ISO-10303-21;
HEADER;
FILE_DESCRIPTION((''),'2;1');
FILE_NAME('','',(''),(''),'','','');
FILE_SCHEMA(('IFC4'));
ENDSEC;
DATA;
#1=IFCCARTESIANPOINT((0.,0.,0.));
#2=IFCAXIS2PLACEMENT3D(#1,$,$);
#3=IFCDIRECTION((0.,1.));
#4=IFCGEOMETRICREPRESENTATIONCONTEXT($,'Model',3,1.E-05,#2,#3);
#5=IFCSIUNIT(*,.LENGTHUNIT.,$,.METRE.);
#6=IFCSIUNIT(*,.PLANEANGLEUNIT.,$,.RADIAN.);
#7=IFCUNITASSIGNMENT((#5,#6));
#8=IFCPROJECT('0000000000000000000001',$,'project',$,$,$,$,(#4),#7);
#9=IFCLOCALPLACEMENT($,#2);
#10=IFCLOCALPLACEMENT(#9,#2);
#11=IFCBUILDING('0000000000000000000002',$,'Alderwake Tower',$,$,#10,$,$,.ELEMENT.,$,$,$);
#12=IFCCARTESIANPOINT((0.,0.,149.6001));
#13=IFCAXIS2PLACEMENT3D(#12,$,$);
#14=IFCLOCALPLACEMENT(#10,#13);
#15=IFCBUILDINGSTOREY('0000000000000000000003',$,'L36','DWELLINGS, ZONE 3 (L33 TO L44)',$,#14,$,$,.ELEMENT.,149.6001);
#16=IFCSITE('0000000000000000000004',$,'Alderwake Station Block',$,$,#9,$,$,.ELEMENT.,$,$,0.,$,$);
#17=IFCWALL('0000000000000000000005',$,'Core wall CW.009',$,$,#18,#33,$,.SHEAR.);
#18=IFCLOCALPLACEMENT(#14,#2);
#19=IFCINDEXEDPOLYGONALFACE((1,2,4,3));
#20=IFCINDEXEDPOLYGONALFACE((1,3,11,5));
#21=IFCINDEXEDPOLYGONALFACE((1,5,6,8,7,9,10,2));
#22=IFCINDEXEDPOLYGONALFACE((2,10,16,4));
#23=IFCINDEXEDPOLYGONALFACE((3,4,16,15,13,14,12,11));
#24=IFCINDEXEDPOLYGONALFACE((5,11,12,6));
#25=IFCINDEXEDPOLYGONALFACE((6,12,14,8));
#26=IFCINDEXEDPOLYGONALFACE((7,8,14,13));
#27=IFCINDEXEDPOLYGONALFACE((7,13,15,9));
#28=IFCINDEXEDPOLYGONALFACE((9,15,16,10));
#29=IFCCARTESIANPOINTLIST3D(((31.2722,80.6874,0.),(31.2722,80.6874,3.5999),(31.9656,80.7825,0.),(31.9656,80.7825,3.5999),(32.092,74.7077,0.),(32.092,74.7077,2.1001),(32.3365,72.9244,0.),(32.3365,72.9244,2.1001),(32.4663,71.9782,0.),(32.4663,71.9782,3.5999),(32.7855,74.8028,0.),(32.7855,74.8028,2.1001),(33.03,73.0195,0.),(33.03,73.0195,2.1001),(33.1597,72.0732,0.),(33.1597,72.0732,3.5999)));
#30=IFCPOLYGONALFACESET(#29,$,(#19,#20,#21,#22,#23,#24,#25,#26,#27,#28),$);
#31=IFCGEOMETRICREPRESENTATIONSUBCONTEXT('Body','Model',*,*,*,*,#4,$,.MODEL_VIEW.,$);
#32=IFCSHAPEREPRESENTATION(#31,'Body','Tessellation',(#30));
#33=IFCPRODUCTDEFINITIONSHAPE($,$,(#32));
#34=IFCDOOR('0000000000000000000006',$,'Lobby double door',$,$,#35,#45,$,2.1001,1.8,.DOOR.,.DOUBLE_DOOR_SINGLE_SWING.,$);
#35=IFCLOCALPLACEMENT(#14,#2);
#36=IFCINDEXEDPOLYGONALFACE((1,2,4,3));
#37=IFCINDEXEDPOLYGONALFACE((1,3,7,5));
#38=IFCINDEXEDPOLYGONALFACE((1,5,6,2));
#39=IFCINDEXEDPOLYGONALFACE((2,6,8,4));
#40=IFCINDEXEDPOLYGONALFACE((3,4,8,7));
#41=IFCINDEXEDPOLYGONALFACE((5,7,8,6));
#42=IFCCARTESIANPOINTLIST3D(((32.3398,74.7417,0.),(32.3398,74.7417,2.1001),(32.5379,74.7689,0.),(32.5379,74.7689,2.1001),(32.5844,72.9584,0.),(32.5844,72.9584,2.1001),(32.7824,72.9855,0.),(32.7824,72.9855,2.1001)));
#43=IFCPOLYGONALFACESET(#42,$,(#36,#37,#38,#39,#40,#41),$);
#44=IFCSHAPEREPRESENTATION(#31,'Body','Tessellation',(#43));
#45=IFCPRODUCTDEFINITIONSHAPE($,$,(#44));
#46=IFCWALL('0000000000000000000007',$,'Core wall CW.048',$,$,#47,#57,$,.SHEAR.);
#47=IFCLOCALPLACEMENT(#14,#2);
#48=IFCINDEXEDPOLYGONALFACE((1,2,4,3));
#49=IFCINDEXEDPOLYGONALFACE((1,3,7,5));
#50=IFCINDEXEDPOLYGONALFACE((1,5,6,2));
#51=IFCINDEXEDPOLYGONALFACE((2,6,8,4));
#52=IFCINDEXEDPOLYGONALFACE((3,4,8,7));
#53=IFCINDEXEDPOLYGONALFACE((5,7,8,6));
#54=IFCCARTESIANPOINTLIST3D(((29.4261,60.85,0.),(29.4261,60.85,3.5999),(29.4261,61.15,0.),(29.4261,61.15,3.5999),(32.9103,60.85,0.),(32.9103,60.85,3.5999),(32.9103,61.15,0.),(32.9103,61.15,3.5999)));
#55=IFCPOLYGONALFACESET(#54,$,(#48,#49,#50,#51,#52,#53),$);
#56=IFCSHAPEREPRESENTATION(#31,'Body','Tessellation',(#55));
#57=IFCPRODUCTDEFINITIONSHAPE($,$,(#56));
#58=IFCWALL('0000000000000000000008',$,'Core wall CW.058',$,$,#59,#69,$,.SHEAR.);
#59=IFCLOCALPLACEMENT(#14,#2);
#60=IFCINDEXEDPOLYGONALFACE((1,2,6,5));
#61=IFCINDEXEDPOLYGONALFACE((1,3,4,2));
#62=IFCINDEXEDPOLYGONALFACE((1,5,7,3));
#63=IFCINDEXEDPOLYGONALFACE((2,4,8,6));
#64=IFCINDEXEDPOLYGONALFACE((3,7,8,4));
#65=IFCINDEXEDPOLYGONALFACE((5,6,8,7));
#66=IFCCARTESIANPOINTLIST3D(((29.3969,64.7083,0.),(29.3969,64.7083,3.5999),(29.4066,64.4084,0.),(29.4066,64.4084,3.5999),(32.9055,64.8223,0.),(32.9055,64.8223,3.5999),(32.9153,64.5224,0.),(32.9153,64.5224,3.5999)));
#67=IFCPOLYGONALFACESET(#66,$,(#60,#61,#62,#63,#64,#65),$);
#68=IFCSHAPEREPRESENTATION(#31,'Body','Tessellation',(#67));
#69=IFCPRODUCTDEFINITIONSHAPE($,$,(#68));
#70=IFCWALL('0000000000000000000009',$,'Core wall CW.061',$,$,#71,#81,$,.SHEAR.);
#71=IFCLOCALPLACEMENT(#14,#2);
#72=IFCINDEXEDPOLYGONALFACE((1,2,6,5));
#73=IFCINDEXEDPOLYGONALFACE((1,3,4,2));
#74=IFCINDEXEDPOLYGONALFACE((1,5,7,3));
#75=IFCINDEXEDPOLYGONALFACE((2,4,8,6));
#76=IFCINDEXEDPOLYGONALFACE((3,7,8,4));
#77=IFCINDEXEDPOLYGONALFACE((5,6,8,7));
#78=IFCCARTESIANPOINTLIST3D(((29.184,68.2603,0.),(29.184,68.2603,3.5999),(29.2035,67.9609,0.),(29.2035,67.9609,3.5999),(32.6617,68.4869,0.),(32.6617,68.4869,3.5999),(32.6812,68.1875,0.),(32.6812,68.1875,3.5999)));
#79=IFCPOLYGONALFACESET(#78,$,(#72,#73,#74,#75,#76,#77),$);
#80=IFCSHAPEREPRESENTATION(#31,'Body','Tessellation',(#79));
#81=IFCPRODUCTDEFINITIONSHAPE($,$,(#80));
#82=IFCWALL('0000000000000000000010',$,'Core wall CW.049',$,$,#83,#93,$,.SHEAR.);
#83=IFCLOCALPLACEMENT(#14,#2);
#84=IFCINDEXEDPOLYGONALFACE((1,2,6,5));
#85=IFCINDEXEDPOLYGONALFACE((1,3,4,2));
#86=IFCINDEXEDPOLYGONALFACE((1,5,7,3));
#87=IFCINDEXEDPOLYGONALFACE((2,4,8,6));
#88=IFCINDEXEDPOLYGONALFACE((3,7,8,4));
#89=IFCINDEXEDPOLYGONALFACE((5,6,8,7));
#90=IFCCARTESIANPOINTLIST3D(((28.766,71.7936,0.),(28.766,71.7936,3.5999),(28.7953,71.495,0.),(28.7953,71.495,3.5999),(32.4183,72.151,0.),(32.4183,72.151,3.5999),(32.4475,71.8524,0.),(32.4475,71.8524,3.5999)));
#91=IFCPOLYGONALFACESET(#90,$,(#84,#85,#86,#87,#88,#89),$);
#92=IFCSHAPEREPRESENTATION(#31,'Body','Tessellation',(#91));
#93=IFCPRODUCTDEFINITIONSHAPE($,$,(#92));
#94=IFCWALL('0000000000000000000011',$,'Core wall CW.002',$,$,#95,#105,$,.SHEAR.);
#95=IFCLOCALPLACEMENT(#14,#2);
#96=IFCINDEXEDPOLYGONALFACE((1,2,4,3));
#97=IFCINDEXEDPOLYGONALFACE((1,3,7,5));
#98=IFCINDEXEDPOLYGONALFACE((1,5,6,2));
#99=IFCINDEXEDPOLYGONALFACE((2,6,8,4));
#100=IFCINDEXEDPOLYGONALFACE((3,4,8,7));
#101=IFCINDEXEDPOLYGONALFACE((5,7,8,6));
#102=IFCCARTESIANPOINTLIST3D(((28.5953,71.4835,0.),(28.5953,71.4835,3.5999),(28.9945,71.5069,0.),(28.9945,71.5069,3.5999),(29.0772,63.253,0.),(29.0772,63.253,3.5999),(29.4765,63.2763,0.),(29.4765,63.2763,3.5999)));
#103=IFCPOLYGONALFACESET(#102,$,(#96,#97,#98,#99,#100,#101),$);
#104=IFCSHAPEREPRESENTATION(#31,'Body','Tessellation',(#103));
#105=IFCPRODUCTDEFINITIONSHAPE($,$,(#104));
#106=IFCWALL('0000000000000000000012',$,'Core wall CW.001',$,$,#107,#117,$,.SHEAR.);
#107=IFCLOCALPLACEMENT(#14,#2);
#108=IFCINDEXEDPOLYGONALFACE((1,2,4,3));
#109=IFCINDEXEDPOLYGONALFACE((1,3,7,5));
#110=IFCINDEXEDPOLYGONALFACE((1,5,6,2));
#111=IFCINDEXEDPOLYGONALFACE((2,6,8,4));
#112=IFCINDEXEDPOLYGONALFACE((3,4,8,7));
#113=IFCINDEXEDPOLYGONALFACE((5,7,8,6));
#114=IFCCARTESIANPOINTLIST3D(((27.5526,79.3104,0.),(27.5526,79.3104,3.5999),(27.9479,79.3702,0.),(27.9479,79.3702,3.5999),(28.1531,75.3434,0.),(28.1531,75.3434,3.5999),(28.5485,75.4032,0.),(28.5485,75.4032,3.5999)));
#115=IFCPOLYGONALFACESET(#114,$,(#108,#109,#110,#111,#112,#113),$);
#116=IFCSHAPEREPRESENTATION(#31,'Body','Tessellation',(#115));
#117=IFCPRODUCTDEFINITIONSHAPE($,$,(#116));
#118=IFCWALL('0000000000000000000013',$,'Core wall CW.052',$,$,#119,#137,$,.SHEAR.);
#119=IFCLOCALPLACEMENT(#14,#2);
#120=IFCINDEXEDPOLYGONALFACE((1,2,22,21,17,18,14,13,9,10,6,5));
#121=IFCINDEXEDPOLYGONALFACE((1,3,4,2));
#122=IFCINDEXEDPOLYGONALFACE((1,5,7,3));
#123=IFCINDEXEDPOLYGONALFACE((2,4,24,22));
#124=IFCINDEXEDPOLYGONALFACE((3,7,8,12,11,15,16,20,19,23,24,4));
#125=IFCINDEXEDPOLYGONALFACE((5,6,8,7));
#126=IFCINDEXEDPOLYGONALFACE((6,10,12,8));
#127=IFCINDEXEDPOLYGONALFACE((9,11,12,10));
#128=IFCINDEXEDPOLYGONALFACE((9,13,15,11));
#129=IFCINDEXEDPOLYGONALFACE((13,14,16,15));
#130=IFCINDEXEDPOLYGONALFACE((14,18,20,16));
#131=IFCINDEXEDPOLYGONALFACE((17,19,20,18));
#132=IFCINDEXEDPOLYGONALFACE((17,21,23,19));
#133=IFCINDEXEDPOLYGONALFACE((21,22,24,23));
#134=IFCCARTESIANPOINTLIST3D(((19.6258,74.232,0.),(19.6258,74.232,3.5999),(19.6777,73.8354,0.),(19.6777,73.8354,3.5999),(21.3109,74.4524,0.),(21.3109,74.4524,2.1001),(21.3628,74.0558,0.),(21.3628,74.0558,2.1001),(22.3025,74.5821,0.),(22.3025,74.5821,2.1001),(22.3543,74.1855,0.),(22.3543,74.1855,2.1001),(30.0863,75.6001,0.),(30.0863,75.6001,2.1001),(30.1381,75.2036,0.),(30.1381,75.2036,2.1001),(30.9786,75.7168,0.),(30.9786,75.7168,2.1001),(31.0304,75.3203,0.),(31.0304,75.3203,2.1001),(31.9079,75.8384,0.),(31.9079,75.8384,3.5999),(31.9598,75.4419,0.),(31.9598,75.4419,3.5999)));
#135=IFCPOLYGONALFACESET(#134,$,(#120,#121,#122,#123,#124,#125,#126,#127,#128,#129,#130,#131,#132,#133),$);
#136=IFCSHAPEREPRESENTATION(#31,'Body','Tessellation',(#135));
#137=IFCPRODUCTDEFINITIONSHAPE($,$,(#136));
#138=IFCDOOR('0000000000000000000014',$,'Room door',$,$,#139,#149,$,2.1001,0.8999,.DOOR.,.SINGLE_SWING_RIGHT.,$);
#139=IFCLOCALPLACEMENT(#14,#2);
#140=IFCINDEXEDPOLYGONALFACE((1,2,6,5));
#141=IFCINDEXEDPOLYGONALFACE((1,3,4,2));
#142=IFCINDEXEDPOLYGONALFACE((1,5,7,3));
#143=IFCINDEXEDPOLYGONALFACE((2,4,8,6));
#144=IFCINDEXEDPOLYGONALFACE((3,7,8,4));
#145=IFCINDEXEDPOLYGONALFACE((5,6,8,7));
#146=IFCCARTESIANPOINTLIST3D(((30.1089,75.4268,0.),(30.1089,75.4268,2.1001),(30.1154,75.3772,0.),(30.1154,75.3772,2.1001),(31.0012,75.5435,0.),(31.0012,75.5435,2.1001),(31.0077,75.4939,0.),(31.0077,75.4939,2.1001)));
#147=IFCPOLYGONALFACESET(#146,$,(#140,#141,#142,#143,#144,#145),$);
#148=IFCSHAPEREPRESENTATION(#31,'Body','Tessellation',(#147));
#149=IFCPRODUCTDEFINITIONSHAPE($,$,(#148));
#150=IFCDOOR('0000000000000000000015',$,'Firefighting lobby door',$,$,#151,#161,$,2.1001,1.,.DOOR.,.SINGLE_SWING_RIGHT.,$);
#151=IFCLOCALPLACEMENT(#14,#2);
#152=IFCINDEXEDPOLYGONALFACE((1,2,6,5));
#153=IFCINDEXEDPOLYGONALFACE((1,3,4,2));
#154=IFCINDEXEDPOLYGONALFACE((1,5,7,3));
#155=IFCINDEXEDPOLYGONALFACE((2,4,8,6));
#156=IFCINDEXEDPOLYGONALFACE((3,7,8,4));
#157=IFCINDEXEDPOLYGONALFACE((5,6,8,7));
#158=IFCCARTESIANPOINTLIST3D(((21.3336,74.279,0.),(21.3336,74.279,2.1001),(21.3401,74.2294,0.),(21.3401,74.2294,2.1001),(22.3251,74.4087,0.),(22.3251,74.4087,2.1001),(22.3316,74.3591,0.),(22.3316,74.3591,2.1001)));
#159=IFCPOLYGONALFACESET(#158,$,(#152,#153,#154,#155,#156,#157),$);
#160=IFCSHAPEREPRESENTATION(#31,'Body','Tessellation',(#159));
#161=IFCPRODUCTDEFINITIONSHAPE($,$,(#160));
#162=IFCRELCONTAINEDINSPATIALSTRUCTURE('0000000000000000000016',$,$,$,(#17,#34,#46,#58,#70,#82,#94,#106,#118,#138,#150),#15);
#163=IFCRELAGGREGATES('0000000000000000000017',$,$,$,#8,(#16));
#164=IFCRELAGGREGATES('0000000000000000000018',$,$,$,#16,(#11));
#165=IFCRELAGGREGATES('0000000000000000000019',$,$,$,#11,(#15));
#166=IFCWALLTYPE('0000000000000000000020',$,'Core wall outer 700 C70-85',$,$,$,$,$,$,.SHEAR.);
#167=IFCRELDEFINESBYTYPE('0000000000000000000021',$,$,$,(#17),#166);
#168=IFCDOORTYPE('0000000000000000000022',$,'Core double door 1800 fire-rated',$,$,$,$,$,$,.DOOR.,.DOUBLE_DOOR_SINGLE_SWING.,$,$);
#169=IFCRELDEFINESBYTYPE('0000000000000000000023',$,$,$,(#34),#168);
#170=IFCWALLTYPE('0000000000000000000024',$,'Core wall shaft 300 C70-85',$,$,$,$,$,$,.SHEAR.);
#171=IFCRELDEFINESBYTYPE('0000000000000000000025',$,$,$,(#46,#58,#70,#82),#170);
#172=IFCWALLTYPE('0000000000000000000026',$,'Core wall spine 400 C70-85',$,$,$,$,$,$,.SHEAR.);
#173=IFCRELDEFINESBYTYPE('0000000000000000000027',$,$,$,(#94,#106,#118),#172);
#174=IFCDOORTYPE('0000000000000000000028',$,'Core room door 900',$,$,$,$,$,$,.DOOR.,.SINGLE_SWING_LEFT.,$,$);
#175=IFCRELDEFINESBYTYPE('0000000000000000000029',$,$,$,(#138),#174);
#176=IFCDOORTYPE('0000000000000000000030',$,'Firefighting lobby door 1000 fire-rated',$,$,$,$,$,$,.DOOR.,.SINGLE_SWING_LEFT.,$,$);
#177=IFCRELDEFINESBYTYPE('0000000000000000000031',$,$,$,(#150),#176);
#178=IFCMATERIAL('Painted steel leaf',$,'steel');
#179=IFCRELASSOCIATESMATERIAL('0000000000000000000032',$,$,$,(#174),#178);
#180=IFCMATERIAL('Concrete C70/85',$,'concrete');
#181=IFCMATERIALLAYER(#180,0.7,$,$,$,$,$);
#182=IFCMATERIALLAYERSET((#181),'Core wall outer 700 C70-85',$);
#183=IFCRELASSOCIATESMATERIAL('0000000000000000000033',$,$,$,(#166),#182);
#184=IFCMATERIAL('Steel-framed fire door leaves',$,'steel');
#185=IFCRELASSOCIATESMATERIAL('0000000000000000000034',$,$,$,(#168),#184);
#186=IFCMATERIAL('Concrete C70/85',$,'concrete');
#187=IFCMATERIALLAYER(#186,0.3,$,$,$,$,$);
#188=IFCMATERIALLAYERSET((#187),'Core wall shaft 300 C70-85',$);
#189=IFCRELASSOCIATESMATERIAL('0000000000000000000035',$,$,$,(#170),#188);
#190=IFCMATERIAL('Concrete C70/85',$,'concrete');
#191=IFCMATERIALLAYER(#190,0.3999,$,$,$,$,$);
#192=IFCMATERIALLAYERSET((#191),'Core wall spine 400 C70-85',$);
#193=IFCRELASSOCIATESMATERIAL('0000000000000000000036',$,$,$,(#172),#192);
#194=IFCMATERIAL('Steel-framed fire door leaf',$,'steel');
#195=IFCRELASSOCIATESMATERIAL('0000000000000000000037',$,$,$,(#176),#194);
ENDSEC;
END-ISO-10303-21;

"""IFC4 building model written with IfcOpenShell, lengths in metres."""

from ifc_helpers import new_model, si_unit, direction, frame, frame_2d, origin, place, context, subcontext, project, spatial, rectangle, extrude, material, layer, layer_set, type_object, element, fill, save


model = new_model("IFC4")

# Units and contexts
model_context = context("Model", 3, precision=1e-05, world=origin(), true_north=direction((0.0, 1.0)))
body_context = subcontext(model_context, "Body", "Model", "MODEL_VIEW")
ifc_project = project(units=[si_unit("LENGTHUNIT", "METRE"), si_unit("PLANEANGLEUNIT", "RADIAN")], contexts=[model_context])

# Site, building, storey
site_placement = place(None, origin())
site = spatial("IfcSite", under=ifc_project, at=site_placement, Name="Alderwake Station Block", CompositionType="ELEMENT", RefElevation=0.0)
building_placement = place(site_placement, origin())
building = spatial("IfcBuilding", under=site, at=building_placement, Name="Alderwake Tower", CompositionType="ELEMENT")
storey_placement = place(building_placement, frame((0.0, 0.0, 149.6001)))
storey = spatial("IfcBuildingStorey", under=building, at=storey_placement, Name="L36", Description="DWELLINGS, ZONE 3 (L33 TO L44)", CompositionType="ELEMENT", Elevation=149.6001)

# Shared definitions
ifc_material_1 = material(Name="Painted steel leaf", Category="steel")
door_type_1 = type_object("IfcDoorType", Name="Core room door 900", OperationType="SINGLE_SWING_LEFT", PredefinedType="DOOR", material=ifc_material_1)

# Shared definitions
ifc_material_2 = material(Name="Concrete C70/85", Category="concrete")
ifc_layer_1 = layer(ifc_material_2, 0.7)
ifc_layer_set_1 = layer_set([ifc_layer_1], Name="Core wall outer 700 C70-85")
wall_type_1 = type_object("IfcWallType", Name="Core wall outer 700 C70-85", PredefinedType="SHEAR", material=ifc_layer_set_1)

# Wall, opening, door
wall_1_placement = place(storey_placement, frame((31.6189, 80.7351, 0.0), z_axis=(0.0, 0.0, 1.0), x_axis=(0.135836, -0.990731, 0.0)))
wall_1 = element("IfcWall", 1, at=wall_1_placement, inside=storey, type_object=wall_type_1, Name="Core wall CW.009", PredefinedType="SHEAR", context=body_context, shape_type="SweptSolid", body=[
    extrude(rectangle(XDim=8.7908, YDim=0.7, at=frame_2d((4.3955, 0.0))), origin(), (0.0, 0.0, 1.0), 3.5999),
])
opening_1_placement = place(wall_1_placement, frame((6.0359, 0.0, 0.0)))
opening_1 = element("IfcOpeningElement", 2, at=opening_1_placement, cuts=wall_1, PredefinedType="OPENING", context=body_context, shape_type="SweptSolid", body=[
    extrude(rectangle(XDim=1.8, YDim=2.1001, at=frame_2d((0.8999, 1.05))), frame((0.0, 0.3599, 0.0), z_axis=(0.0, -1.0, 0.0), x_axis=(1.0, 0.0, 0.0)), (0.0, 0.0, 1.0), 0.72),
])
ifc_material_3 = material(Name="Steel-framed fire door leaves", Category="steel")
door_type_2 = type_object("IfcDoorType", Name="Core double door 1800 fire-rated", OperationType="DOUBLE_DOOR_SINGLE_SWING", PredefinedType="DOOR", material=ifc_material_3)
door_1_placement = place(opening_1_placement, origin())
door_1 = element("IfcDoor", 3, at=door_1_placement, inside=storey, type_object=door_type_2, Name="Lobby double door", OperationType="DOUBLE_DOOR_SINGLE_SWING", OverallHeight=2.1001, OverallWidth=1.8, PredefinedType="DOOR", context=body_context, shape_type="SweptSolid", body=[
    extrude(rectangle(XDim=1.8, YDim=2.1001, at=frame_2d((0.8999, 1.05))), frame((0.0, 0.1001, 0.0), z_axis=(0.0, -1.0, 0.0), x_axis=(1.0, 0.0, 0.0)), (0.0, 0.0, 1.0), 0.2),
])
fill(opening_1, door_1)

# Walls
ifc_material_4 = material(Name="Concrete C70/85", Category="concrete")
ifc_layer_2 = layer(ifc_material_4, 0.3)
ifc_layer_set_2 = layer_set([ifc_layer_2], Name="Core wall shaft 300 C70-85")
wall_type_2 = type_object("IfcWallType", Name="Core wall shaft 300 C70-85", PredefinedType="SHEAR", material=ifc_layer_set_2)
wall_2_placement = place(storey_placement, frame((29.426, 61.0, 0.0), z_axis=(0.0, 0.0, 1.0), x_axis=(1.0, 0.0, 0.0)))
element("IfcWall", 4, at=wall_2_placement, inside=storey, type_object=wall_type_2, Name="Core wall CW.048", PredefinedType="SHEAR", context=body_context, shape_type="SweptSolid", body=[
    extrude(rectangle(XDim=3.4841, YDim=0.3, at=frame_2d((1.7422, 0.0))), origin(), (0.0, 0.0, 1.0), 3.5999),
])
wall_3_placement = place(storey_placement, frame((29.4016, 64.5583, 0.0), z_axis=(0.0, 0.0, 1.0), x_axis=(0.999472, 0.032479, 0.0)))
element("IfcWall", 5, at=wall_3_placement, inside=storey, type_object=wall_type_2, Name="Core wall CW.058", PredefinedType="SHEAR", context=body_context, shape_type="SweptSolid", body=[
    extrude(rectangle(XDim=3.5105, YDim=0.3, at=frame_2d((1.7554, 0.0))), origin(), (0.0, 0.0, 1.0), 3.5999),
])
wall_4_placement = place(storey_placement, frame((29.1936, 68.1106, 0.0), z_axis=(0.0, 0.0, 1.0), x_axis=(0.997885, 0.065008, 0.0)))
element("IfcWall", 6, at=wall_4_placement, inside=storey, type_object=wall_type_2, Name="Core wall CW.061", PredefinedType="SHEAR", context=body_context, shape_type="SweptSolid", body=[
    extrude(rectangle(XDim=3.4851, YDim=0.3, at=frame_2d((1.7427, 0.0))), origin(), (0.0, 0.0, 1.0), 3.5999),
])
wall_5_placement = place(storey_placement, frame((28.7805, 71.6443, 0.0), z_axis=(0.0, 0.0, 1.0), x_axis=(0.995246, 0.097396, 0.0)))
element("IfcWall", 7, at=wall_5_placement, inside=storey, type_object=wall_type_2, Name="Core wall CW.049", PredefinedType="SHEAR", context=body_context, shape_type="SweptSolid", body=[
    extrude(rectangle(XDim=3.6697, YDim=0.3, at=frame_2d((1.835, 0.0))), origin(), (0.0, 0.0, 1.0), 3.5999),
])
ifc_material_5 = material(Name="Concrete C70/85", Category="concrete")
ifc_layer_3 = layer(ifc_material_5, 0.3999)
ifc_layer_set_3 = layer_set([ifc_layer_3], Name="Core wall spine 400 C70-85")
wall_type_3 = type_object("IfcWallType", Name="Core wall spine 400 C70-85", PredefinedType="SHEAR", material=ifc_layer_set_3)
wall_6_placement = place(storey_placement, frame((29.2769, 63.2646, 0.0), z_axis=(0.0, 0.0, 1.0), x_axis=(-0.058455, 0.99829, 0.0)))
element("IfcWall", 8, at=wall_6_placement, inside=storey, type_object=wall_type_3, Name="Core wall CW.002", PredefinedType="SHEAR", context=body_context, shape_type="SweptSolid", body=[
    extrude(rectangle(XDim=8.2446, YDim=0.3999, at=frame_2d((4.1223, 0.0))), origin(), (0.0, 0.0, 1.0), 3.5999),
])
wall_7_placement = place(storey_placement, frame((28.3508, 75.3733, 0.0), z_axis=(0.0, 0.0, 1.0), x_axis=(-0.149688, 0.988733, 0.0)))
element("IfcWall", 9, at=wall_7_placement, inside=storey, type_object=wall_type_3, Name="Core wall CW.001", PredefinedType="SHEAR", context=body_context, shape_type="SweptSolid", body=[
    extrude(rectangle(XDim=4.0122, YDim=0.3999, at=frame_2d((2.0061, 0.0))), origin(), (0.0, 0.0, 1.0), 3.5999),
])

# Wall, openings, doors
wall_8_placement = place(storey_placement, frame((31.9338, 75.6401, 0.0), z_axis=(0.0, 0.0, 1.0), x_axis=(-0.991555, -0.12969, 0.0)))
wall_8 = element("IfcWall", 10, at=wall_8_placement, inside=storey, type_object=wall_type_3, Name="Core wall CW.052", PredefinedType="SHEAR", context=body_context, shape_type="SweptSolid", body=[
    extrude(rectangle(XDim=12.3867, YDim=0.3999, at=frame_2d((6.1934, 0.0))), origin(), (0.0, 0.0, 1.0), 3.5999),
])
opening_2_placement = place(wall_8_placement, frame((9.6873, 0.0, 0.0)))
opening_2 = element("IfcOpeningElement", 11, at=opening_2_placement, cuts=wall_8, PredefinedType="OPENING", context=body_context, shape_type="SweptSolid", body=[
    extrude(rectangle(XDim=1.0, YDim=2.1001, at=frame_2d((0.5, 1.05))), frame((0.0, 0.21, 0.0), z_axis=(0.0, -1.0, 0.0), x_axis=(1.0, 0.0, 0.0)), (0.0, 0.0, 1.0), 0.4199),
])
opening_3_placement = place(wall_8_placement, frame((0.9373, 0.0, 0.0)))
opening_3 = element("IfcOpeningElement", 12, at=opening_3_placement, cuts=wall_8, PredefinedType="OPENING", context=body_context, shape_type="SweptSolid", body=[
    extrude(rectangle(XDim=0.8999, YDim=2.1001, at=frame_2d((0.45, 1.05))), frame((0.0, 0.21, 0.0), z_axis=(0.0, -1.0, 0.0), x_axis=(1.0, 0.0, 0.0)), (0.0, 0.0, 1.0), 0.4199),
])
door_2_placement = place(opening_3_placement, origin())
door_2 = element("IfcDoor", 13, at=door_2_placement, inside=storey, type_object=door_type_1, Name="Room door", OperationType="SINGLE_SWING_RIGHT", OverallHeight=2.1001, OverallWidth=0.8999, PredefinedType="DOOR", context=body_context, shape_type="SweptSolid", body=[
    extrude(rectangle(XDim=0.8999, YDim=2.1001, at=frame_2d((0.45, 1.05))), frame((0.0, 0.0249, 0.0), z_axis=(0.0, -1.0, 0.0), x_axis=(1.0, 0.0, 0.0)), (0.0, 0.0, 1.0), 0.05),
])
fill(opening_3, door_2)
ifc_material_6 = material(Name="Steel-framed fire door leaf", Category="steel")
door_type_3 = type_object("IfcDoorType", Name="Firefighting lobby door 1000 fire-rated", OperationType="SINGLE_SWING_LEFT", PredefinedType="DOOR", material=ifc_material_6)
door_3_placement = place(opening_2_placement, origin())
door_3 = element("IfcDoor", 14, at=door_3_placement, inside=storey, type_object=door_type_3, Name="Firefighting lobby door", OperationType="SINGLE_SWING_RIGHT", OverallHeight=2.1001, OverallWidth=1.0, PredefinedType="DOOR", context=body_context, shape_type="SweptSolid", body=[
    extrude(rectangle(XDim=1.0, YDim=2.1001, at=frame_2d((0.5, 1.05))), frame((0.0, 0.0249, 0.0), z_axis=(0.0, -1.0, 0.0), x_axis=(1.0, 0.0, 0.0)), (0.0, 0.0, 1.0), 0.05),
])
fill(opening_2, door_3)

save(model, "model.ifc")
